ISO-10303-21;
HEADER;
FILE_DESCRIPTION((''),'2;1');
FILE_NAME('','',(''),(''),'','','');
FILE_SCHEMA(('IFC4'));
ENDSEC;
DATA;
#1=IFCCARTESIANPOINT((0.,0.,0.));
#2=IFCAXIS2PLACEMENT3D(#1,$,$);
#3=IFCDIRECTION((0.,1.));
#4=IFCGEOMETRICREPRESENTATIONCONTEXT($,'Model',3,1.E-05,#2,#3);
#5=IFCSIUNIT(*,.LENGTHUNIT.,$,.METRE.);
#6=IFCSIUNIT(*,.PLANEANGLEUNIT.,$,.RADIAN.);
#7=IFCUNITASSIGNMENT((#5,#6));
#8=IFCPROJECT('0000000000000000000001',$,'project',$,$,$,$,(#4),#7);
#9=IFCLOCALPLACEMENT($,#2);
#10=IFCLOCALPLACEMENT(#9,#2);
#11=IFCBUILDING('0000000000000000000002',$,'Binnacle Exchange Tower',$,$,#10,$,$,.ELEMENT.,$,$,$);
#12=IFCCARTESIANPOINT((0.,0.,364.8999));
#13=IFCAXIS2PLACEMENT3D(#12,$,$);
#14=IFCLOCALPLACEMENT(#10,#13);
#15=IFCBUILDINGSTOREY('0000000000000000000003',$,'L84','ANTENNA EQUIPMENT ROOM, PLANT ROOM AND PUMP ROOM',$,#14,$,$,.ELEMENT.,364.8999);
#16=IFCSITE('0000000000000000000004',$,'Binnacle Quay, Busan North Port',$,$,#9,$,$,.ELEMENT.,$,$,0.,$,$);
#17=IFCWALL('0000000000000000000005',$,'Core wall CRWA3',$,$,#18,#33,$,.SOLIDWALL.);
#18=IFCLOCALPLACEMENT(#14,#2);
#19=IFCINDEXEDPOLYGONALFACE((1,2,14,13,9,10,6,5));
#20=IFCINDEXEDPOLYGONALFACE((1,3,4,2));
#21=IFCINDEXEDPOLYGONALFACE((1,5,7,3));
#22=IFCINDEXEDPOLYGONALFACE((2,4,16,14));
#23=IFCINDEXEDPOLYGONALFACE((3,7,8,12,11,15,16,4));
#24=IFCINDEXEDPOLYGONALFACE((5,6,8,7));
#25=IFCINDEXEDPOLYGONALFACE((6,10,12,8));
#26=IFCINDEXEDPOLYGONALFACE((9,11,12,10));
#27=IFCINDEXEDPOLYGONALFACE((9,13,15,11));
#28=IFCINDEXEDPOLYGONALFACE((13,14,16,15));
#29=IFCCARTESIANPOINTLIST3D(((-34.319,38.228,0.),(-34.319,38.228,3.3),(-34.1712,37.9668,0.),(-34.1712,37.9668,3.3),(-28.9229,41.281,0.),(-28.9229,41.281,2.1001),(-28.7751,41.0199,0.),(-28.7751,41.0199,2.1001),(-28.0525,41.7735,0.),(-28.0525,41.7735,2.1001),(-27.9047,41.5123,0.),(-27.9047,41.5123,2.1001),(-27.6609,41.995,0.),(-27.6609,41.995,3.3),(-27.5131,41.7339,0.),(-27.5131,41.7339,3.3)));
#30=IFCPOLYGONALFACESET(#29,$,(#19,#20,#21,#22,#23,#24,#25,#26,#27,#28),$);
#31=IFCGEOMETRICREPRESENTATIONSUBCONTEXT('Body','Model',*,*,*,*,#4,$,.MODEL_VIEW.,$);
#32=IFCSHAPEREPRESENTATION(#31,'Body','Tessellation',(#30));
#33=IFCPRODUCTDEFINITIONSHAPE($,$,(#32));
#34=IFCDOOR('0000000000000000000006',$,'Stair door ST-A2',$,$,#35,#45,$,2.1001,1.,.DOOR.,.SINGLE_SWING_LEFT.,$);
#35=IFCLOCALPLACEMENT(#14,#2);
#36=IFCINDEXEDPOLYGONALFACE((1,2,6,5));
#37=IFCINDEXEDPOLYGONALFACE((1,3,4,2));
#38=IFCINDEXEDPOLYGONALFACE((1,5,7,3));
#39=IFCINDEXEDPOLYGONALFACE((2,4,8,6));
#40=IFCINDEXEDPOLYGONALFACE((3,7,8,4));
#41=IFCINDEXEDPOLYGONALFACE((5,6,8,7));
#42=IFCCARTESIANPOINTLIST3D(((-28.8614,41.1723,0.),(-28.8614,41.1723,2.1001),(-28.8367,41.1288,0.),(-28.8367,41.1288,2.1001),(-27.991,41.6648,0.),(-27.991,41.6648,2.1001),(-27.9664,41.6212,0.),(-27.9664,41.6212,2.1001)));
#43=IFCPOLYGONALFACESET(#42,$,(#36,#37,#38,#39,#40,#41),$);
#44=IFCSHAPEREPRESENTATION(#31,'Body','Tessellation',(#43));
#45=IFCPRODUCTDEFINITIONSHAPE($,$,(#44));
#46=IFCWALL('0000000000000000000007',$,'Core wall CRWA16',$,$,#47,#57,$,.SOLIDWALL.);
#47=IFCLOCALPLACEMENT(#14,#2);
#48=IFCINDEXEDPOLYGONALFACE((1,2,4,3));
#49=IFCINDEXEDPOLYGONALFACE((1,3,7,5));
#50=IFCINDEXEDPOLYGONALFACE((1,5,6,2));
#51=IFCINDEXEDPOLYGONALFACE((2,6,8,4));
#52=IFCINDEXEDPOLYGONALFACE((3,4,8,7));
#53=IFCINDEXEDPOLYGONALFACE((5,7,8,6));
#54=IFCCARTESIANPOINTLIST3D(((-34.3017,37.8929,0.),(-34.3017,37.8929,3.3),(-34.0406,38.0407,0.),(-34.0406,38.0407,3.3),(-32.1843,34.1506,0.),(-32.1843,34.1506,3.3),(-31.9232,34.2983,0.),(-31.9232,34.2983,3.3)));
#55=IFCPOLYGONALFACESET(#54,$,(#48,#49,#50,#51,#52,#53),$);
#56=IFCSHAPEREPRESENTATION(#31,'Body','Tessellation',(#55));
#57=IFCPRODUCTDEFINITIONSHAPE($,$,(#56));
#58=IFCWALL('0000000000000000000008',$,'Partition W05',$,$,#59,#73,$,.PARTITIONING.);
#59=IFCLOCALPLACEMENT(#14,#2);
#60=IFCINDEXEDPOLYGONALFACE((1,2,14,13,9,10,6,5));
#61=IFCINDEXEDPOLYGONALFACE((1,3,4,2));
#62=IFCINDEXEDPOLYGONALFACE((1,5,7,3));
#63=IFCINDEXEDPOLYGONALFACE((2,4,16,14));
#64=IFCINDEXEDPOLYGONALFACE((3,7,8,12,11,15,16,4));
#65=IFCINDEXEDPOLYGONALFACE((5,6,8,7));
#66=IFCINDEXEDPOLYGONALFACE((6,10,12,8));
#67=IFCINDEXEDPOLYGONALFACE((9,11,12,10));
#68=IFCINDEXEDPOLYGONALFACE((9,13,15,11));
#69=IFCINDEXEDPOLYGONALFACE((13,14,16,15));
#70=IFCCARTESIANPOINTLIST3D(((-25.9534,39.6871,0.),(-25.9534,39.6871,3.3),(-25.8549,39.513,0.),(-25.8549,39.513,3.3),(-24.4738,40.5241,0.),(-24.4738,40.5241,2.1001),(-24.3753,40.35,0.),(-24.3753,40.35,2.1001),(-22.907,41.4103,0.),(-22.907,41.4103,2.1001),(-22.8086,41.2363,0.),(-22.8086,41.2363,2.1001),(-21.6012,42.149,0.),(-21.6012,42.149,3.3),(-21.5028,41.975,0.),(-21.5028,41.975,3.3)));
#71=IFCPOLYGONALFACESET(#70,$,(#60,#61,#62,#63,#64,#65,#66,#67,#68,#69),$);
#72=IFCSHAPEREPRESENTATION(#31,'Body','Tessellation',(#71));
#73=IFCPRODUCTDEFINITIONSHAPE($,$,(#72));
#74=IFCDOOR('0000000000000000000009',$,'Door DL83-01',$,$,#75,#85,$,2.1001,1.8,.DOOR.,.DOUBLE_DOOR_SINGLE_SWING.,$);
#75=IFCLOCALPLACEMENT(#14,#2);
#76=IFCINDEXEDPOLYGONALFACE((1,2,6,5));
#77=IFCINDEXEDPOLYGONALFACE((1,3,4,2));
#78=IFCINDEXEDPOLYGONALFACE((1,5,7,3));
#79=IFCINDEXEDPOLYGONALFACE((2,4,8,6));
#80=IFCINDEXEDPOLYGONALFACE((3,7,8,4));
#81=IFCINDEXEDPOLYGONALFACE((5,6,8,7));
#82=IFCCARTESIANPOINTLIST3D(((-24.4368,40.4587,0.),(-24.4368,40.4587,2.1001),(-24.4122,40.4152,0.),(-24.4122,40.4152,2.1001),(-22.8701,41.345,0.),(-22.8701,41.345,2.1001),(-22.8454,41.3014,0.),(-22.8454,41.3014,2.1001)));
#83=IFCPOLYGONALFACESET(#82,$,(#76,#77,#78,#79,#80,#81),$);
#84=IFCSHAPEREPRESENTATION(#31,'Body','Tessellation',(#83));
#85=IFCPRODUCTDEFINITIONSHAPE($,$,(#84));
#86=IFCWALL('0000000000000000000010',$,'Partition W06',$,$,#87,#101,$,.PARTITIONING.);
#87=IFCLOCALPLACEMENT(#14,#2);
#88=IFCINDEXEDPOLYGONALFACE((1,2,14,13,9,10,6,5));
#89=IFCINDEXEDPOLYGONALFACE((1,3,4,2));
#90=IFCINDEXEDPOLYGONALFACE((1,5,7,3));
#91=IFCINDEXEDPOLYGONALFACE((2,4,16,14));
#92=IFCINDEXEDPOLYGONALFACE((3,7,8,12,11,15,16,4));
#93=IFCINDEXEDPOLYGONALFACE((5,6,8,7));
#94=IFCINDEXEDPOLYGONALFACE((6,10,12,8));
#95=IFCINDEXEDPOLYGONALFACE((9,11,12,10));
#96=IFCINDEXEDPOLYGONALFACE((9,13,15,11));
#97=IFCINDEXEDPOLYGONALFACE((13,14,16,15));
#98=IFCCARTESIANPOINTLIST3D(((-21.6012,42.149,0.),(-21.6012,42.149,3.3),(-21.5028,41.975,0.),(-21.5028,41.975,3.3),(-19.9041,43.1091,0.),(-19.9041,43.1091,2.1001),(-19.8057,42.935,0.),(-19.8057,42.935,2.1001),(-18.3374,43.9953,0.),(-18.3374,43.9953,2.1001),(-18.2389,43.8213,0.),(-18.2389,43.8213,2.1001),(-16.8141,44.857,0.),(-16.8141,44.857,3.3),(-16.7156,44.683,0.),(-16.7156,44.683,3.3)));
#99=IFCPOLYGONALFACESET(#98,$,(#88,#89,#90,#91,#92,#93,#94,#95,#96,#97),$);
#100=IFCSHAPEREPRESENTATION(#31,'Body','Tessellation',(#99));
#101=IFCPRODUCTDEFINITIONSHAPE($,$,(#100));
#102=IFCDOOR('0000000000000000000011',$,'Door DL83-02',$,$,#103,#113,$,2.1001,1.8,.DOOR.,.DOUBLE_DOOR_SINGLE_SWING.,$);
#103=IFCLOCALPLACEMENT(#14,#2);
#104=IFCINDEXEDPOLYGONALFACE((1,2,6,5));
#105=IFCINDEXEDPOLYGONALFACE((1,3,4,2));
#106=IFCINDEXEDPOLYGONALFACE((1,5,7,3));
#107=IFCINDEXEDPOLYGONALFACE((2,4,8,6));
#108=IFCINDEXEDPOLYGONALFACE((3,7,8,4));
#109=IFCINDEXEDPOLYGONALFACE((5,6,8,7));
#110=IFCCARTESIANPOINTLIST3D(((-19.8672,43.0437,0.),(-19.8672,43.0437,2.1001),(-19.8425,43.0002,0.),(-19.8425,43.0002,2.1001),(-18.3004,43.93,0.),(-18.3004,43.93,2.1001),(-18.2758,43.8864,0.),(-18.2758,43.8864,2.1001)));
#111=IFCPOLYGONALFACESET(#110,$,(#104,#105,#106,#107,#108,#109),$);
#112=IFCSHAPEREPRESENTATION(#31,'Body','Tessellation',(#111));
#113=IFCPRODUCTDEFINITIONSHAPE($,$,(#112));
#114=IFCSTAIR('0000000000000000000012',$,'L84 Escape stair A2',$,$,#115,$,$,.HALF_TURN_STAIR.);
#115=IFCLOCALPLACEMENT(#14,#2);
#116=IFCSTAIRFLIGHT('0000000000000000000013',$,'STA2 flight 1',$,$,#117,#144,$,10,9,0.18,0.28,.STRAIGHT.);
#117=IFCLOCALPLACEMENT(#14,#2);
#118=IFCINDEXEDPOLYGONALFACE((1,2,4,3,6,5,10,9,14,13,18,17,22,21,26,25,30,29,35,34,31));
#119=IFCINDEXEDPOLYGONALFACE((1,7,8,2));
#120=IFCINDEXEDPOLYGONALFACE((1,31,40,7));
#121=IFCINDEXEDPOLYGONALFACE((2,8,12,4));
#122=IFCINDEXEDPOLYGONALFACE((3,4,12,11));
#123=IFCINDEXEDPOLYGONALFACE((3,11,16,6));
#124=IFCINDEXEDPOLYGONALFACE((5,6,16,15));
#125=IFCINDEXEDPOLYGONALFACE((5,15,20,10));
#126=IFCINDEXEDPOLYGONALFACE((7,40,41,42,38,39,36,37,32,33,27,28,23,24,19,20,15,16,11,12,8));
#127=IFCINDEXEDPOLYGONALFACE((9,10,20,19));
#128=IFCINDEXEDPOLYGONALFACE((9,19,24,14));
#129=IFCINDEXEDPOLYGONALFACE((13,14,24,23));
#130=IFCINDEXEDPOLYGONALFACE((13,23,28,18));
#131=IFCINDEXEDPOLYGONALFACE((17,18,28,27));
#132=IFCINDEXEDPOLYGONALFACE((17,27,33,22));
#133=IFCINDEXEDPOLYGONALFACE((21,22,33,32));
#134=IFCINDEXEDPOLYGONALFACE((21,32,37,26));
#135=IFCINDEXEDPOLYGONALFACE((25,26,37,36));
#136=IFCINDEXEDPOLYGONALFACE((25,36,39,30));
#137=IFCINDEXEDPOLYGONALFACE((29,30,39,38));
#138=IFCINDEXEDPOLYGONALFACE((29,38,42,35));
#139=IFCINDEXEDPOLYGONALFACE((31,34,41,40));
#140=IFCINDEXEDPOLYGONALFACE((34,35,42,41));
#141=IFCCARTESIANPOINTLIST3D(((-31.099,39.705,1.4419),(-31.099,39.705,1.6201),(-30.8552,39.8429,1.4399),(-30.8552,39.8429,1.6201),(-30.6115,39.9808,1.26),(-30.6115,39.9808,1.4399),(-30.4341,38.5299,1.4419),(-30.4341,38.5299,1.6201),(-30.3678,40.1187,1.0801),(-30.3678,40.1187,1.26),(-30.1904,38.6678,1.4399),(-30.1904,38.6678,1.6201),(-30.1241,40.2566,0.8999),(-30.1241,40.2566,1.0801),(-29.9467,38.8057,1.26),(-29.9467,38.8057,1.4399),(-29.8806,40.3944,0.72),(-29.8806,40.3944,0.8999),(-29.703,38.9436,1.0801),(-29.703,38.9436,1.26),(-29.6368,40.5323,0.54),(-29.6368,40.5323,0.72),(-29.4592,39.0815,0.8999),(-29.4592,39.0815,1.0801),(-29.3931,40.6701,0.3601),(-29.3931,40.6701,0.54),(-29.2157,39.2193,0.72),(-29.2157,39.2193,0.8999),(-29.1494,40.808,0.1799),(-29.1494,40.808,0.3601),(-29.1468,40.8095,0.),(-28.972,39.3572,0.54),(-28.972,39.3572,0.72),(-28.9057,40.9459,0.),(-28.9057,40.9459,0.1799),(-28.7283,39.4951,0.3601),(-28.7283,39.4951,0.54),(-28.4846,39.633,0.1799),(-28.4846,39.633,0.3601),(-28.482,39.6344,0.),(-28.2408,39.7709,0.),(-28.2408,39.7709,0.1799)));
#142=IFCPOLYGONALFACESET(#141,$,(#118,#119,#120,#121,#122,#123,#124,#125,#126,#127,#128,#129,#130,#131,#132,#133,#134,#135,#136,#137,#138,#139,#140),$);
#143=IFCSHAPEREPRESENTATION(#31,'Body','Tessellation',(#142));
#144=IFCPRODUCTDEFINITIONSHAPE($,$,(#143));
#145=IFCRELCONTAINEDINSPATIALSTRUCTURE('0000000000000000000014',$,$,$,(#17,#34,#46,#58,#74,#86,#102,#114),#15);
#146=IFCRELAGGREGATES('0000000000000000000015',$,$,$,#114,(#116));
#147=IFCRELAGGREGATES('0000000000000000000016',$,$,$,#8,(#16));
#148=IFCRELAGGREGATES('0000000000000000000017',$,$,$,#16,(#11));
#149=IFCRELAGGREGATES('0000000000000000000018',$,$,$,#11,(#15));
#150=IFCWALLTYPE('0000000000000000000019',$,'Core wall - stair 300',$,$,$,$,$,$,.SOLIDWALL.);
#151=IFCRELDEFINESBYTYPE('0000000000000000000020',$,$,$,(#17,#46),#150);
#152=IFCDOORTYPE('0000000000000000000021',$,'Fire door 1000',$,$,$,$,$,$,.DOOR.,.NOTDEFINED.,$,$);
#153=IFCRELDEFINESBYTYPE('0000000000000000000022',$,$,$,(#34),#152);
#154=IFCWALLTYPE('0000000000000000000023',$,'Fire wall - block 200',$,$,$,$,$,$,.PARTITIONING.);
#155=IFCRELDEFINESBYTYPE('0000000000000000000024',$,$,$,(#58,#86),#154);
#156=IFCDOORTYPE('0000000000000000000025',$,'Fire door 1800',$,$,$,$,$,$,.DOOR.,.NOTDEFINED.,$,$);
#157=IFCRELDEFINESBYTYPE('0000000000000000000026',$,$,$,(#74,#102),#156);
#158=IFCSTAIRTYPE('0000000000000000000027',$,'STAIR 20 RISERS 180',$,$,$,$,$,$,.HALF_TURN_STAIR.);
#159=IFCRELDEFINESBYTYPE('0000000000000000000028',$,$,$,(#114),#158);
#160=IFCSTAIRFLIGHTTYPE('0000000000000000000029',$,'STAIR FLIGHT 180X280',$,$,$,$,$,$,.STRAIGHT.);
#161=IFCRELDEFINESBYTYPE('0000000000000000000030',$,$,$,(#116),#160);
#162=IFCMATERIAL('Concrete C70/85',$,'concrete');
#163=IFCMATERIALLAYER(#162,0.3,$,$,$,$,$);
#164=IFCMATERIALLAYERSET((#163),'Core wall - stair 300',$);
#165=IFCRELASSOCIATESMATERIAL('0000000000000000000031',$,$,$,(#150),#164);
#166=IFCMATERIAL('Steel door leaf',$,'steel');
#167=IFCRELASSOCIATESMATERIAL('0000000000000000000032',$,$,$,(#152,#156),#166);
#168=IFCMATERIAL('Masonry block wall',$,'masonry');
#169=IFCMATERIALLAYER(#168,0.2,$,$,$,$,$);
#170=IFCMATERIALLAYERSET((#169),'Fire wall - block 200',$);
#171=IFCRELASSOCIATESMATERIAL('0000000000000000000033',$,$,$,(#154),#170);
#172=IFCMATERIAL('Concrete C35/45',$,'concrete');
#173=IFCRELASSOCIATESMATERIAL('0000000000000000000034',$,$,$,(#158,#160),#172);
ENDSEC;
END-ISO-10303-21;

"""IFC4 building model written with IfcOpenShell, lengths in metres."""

from ifc_helpers import new_model, si_unit, direction, frame, frame_2d, origin, place, context, subcontext, project, spatial, polyline, rectangle, outline, extrude, material, layer, layer_set, type_object, element, fill, aggregate, save


model = new_model("IFC4")

# Units and contexts
model_context = context("Model", 3, precision=1e-05, world=origin(), true_north=direction((0.0, 1.0)))
body_context = subcontext(model_context, "Body", "Model", "MODEL_VIEW")
ifc_project = project(units=[si_unit("LENGTHUNIT", "METRE"), si_unit("PLANEANGLEUNIT", "RADIAN")], contexts=[model_context])

# Site, building, storey
site_placement = place(None, origin())
site = spatial("IfcSite", under=ifc_project, at=site_placement, Name="Binnacle Quay, Busan North Port", CompositionType="ELEMENT", RefElevation=0.0)
building_placement = place(site_placement, origin())
building = spatial("IfcBuilding", under=site, at=building_placement, Name="Binnacle Exchange Tower", CompositionType="ELEMENT")
storey_placement = place(building_placement, frame((0.0, 0.0, 364.8999)))
storey = spatial("IfcBuildingStorey", under=building, at=storey_placement, Name="L84", Description="ANTENNA EQUIPMENT ROOM, PLANT ROOM AND PUMP ROOM", CompositionType="ELEMENT", Elevation=364.8999)

# Shared definitions
ifc_material_1 = material(Name="Concrete C70/85", Category="concrete")
ifc_material_2 = material(Name="Steel door leaf", Category="steel")

# Wall, opening, door
ifc_layer_1 = layer(ifc_material_1, 0.3)
ifc_layer_set_1 = layer_set([ifc_layer_1], Name="Core wall - stair 300")
wall_type_1 = type_object("IfcWallType", Name="Core wall - stair 300", PredefinedType="SOLIDWALL", material=ifc_layer_set_1)
wall_1_placement = place(storey_placement, frame((-34.2451, 38.0974, 0.0), z_axis=(0.0, 0.0, 1.0), x_axis=(0.870352, 0.492429, 0.0)))
wall_1 = element("IfcWall", 1, at=wall_1_placement, inside=storey, type_object=wall_type_1, Name="Core wall CRWA3", PredefinedType="SOLIDWALL", context=body_context, shape_type="SweptSolid", body=[
    extrude(rectangle(XDim=7.6499, YDim=0.3, at=frame_2d((3.825, 0.0))), origin(), (0.0, 0.0, 1.0), 3.3),
])
opening_1_placement = place(wall_1_placement, frame((6.2, 0.0, 0.0)))
opening_1 = element("IfcOpeningElement", 2, at=opening_1_placement, cuts=wall_1, PredefinedType="OPENING", context=body_context, shape_type="SweptSolid", body=[
    extrude(rectangle(XDim=1.0, YDim=2.1001, at=frame_2d((0.5, 1.05))), frame((0.0, 0.1599, 0.0), z_axis=(0.0, -1.0, 0.0), x_axis=(1.0, 0.0, 0.0)), (0.0, 0.0, 1.0), 0.3201),
])
door_type_1 = type_object("IfcDoorType", Name="Fire door 1000", OperationType="NOTDEFINED", PredefinedType="DOOR", material=ifc_material_2)
door_1_placement = place(opening_1_placement, frame((1.0, 0.0, 0.0), z_axis=(0.0, 0.0, 1.0), x_axis=(-1.0, 0.0, 0.0)))
door_1 = element("IfcDoor", 3, at=door_1_placement, inside=storey, type_object=door_type_1, Name="Stair door ST-A2", OperationType="SINGLE_SWING_LEFT", OverallHeight=2.1001, OverallWidth=1.0, PredefinedType="DOOR", context=body_context, shape_type="SweptSolid", body=[
    extrude(rectangle(XDim=1.0, YDim=2.1001, at=frame_2d((0.5, 1.05))), frame((0.0, 0.0249, 0.0), z_axis=(0.0, -1.0, 0.0), x_axis=(1.0, 0.0, 0.0)), (0.0, 0.0, 1.0), 0.05),
])
fill(opening_1, door_1)

# Wall
wall_2_placement = place(storey_placement, frame((-34.1711, 37.9668, 0.0), z_axis=(0.0, 0.0, 1.0), x_axis=(0.492435, -0.870349, 0.0)))
element("IfcWall", 4, at=wall_2_placement, inside=storey, type_object=wall_type_1, Name="Core wall CRWA16", PredefinedType="SOLIDWALL", context=body_context, shape_type="SweptSolid", body=[
    extrude(rectangle(XDim=4.2998, YDim=0.3, at=frame_2d((2.1499, 0.0))), origin(), (0.0, 0.0, 1.0), 3.3),
])

# Walls, openings, doors
ifc_material_3 = material(Name="Masonry block wall", Category="masonry")
ifc_layer_2 = layer(ifc_material_3, 0.2)
ifc_layer_set_2 = layer_set([ifc_layer_2], Name="Fire wall - block 200")
wall_type_2 = type_object("IfcWallType", Name="Fire wall - block 200", PredefinedType="PARTITIONING", material=ifc_layer_set_2)
wall_3_placement = place(storey_placement, frame((-25.9041, 39.6001, 0.0), z_axis=(0.0, 0.0, 1.0), x_axis=(0.870386, 0.492369, 0.0)))
wall_3 = element("IfcWall", 5, at=wall_3_placement, inside=storey, type_object=wall_type_2, Name="Partition W05", PredefinedType="PARTITIONING", context=body_context, shape_type="SweptSolid", body=[
    extrude(rectangle(XDim=5.0002, YDim=0.2, at=frame_2d((2.5, 0.0))), origin(), (0.0, 0.0, 1.0), 3.3),
])
opening_2_placement = place(wall_3_placement, frame((1.7, 0.0, 0.0)))
opening_2 = element("IfcOpeningElement", 6, at=opening_2_placement, cuts=wall_3, PredefinedType="OPENING", context=body_context, shape_type="SweptSolid", body=[
    extrude(rectangle(XDim=1.8, YDim=2.1001, at=frame_2d((0.8999, 1.05))), frame((0.0, 0.1099, 0.0), z_axis=(0.0, -1.0, 0.0), x_axis=(1.0, 0.0, 0.0)), (0.0, 0.0, 1.0), 0.22),
])
door_type_2 = type_object("IfcDoorType", Name="Fire door 1800", OperationType="NOTDEFINED", PredefinedType="DOOR", material=ifc_material_2)
door_2_placement = place(opening_2_placement, origin())
door_2 = element("IfcDoor", 7, at=door_2_placement, inside=storey, type_object=door_type_2, Name="Door DL83-01", OperationType="DOUBLE_DOOR_SINGLE_SWING", OverallHeight=2.1001, OverallWidth=1.8, PredefinedType="DOOR", context=body_context, shape_type="SweptSolid", body=[
    extrude(rectangle(XDim=1.8, YDim=2.1001, at=frame_2d((0.8999, 1.05))), frame((0.0, 0.0249, 0.0), z_axis=(0.0, -1.0, 0.0), x_axis=(1.0, 0.0, 0.0)), (0.0, 0.0, 1.0), 0.05),
])
fill(opening_2, door_2)
wall_4_placement = place(storey_placement, frame((-21.552, 42.062, 0.0), z_axis=(0.0, 0.0, 1.0), x_axis=(0.870388, 0.492367, 0.0)))
wall_4 = element("IfcWall", 8, at=wall_4_placement, inside=storey, type_object=wall_type_2, Name="Partition W06", PredefinedType="PARTITIONING", context=body_context, shape_type="SweptSolid", body=[
    extrude(rectangle(XDim=5.5, YDim=0.2, at=frame_2d((2.75, 0.0))), origin(), (0.0, 0.0, 1.0), 3.3),
])
opening_3_placement = place(wall_4_placement, frame((1.95, 0.0, 0.0)))
opening_3 = element("IfcOpeningElement", 9, at=opening_3_placement, cuts=wall_4, PredefinedType="OPENING", context=body_context, shape_type="SweptSolid", body=[
    extrude(rectangle(XDim=1.8, YDim=2.1001, at=frame_2d((0.8999, 1.05))), frame((0.0, 0.1099, 0.0), z_axis=(0.0, -1.0, 0.0), x_axis=(1.0, 0.0, 0.0)), (0.0, 0.0, 1.0), 0.22),
])
door_3_placement = place(opening_3_placement, origin())
door_3 = element("IfcDoor", 10, at=door_3_placement, inside=storey, type_object=door_type_2, Name="Door DL83-02", OperationType="DOUBLE_DOOR_SINGLE_SWING", OverallHeight=2.1001, OverallWidth=1.8, PredefinedType="DOOR", context=body_context, shape_type="SweptSolid", body=[
    extrude(rectangle(XDim=1.8, YDim=2.1001, at=frame_2d((0.8999, 1.05))), frame((0.0, 0.0249, 0.0), z_axis=(0.0, -1.0, 0.0), x_axis=(1.0, 0.0, 0.0)), (0.0, 0.0, 1.0), 0.05),
])
fill(opening_3, door_3)

# Stair, stair flight
ifc_material_4 = material(Name="Concrete C35/45", Category="concrete")
stair_type = type_object("IfcStairType", Name="STAIR 20 RISERS 180", PredefinedType="HALF_TURN_STAIR", material=ifc_material_4)
stair_placement = place(storey_placement, origin())
stair = element("IfcStair", 11, at=stair_placement, inside=storey, type_object=stair_type, Name="L84 Escape stair A2", PredefinedType="HALF_TURN_STAIR")
stair_flight_type = type_object("IfcStairFlightType", Name="STAIR FLIGHT 180X280", PredefinedType="STRAIGHT", material=ifc_material_4)
stair_flight_placement = place(storey_placement, frame((-28.5732, 40.3584, 0.0), z_axis=(0.0, 0.0, 1.0), x_axis=(-0.870356, -0.492424, 0.0)))
stair_flight = element("IfcStairFlight", 12, at=stair_flight_placement, type_object=stair_flight_type, Name="STA2 flight 1", NumberOfRisers=10, NumberOfTreads=9, PredefinedType="STRAIGHT", RiserHeight=0.18, TreadLength=0.28, context=body_context, shape_type="SweptSolid", body=[
    extrude(outline(polyline([(0.0, 0.0), (0.0, 0.1799), (0.28, 0.1799), (0.28, 0.3601), (0.5601, 0.3601), (0.5601, 0.54), (0.8401, 0.54), (0.8401, 0.72), (1.1201, 0.72), (1.1201, 0.8999), (1.3999, 0.8999), (1.3999, 1.0801), (1.6799, 1.0801), (1.6799, 1.26), (1.96, 1.26), (1.96, 1.4399), (2.24, 1.4399), (2.24, 1.6201), (2.52, 1.6201), (2.52, 1.8), (2.52, 1.4419), (0.2771, 0.0), (0.0, 0.0)])), frame((0.0, 0.675, 0.0), z_axis=(0.0, -1.0, 0.0), x_axis=(1.0, 0.0, 0.0)), (0.0, 0.0, 1.0), 1.3501),
])
aggregate(stair, [stair_flight])

save(model, "model.ifc")
